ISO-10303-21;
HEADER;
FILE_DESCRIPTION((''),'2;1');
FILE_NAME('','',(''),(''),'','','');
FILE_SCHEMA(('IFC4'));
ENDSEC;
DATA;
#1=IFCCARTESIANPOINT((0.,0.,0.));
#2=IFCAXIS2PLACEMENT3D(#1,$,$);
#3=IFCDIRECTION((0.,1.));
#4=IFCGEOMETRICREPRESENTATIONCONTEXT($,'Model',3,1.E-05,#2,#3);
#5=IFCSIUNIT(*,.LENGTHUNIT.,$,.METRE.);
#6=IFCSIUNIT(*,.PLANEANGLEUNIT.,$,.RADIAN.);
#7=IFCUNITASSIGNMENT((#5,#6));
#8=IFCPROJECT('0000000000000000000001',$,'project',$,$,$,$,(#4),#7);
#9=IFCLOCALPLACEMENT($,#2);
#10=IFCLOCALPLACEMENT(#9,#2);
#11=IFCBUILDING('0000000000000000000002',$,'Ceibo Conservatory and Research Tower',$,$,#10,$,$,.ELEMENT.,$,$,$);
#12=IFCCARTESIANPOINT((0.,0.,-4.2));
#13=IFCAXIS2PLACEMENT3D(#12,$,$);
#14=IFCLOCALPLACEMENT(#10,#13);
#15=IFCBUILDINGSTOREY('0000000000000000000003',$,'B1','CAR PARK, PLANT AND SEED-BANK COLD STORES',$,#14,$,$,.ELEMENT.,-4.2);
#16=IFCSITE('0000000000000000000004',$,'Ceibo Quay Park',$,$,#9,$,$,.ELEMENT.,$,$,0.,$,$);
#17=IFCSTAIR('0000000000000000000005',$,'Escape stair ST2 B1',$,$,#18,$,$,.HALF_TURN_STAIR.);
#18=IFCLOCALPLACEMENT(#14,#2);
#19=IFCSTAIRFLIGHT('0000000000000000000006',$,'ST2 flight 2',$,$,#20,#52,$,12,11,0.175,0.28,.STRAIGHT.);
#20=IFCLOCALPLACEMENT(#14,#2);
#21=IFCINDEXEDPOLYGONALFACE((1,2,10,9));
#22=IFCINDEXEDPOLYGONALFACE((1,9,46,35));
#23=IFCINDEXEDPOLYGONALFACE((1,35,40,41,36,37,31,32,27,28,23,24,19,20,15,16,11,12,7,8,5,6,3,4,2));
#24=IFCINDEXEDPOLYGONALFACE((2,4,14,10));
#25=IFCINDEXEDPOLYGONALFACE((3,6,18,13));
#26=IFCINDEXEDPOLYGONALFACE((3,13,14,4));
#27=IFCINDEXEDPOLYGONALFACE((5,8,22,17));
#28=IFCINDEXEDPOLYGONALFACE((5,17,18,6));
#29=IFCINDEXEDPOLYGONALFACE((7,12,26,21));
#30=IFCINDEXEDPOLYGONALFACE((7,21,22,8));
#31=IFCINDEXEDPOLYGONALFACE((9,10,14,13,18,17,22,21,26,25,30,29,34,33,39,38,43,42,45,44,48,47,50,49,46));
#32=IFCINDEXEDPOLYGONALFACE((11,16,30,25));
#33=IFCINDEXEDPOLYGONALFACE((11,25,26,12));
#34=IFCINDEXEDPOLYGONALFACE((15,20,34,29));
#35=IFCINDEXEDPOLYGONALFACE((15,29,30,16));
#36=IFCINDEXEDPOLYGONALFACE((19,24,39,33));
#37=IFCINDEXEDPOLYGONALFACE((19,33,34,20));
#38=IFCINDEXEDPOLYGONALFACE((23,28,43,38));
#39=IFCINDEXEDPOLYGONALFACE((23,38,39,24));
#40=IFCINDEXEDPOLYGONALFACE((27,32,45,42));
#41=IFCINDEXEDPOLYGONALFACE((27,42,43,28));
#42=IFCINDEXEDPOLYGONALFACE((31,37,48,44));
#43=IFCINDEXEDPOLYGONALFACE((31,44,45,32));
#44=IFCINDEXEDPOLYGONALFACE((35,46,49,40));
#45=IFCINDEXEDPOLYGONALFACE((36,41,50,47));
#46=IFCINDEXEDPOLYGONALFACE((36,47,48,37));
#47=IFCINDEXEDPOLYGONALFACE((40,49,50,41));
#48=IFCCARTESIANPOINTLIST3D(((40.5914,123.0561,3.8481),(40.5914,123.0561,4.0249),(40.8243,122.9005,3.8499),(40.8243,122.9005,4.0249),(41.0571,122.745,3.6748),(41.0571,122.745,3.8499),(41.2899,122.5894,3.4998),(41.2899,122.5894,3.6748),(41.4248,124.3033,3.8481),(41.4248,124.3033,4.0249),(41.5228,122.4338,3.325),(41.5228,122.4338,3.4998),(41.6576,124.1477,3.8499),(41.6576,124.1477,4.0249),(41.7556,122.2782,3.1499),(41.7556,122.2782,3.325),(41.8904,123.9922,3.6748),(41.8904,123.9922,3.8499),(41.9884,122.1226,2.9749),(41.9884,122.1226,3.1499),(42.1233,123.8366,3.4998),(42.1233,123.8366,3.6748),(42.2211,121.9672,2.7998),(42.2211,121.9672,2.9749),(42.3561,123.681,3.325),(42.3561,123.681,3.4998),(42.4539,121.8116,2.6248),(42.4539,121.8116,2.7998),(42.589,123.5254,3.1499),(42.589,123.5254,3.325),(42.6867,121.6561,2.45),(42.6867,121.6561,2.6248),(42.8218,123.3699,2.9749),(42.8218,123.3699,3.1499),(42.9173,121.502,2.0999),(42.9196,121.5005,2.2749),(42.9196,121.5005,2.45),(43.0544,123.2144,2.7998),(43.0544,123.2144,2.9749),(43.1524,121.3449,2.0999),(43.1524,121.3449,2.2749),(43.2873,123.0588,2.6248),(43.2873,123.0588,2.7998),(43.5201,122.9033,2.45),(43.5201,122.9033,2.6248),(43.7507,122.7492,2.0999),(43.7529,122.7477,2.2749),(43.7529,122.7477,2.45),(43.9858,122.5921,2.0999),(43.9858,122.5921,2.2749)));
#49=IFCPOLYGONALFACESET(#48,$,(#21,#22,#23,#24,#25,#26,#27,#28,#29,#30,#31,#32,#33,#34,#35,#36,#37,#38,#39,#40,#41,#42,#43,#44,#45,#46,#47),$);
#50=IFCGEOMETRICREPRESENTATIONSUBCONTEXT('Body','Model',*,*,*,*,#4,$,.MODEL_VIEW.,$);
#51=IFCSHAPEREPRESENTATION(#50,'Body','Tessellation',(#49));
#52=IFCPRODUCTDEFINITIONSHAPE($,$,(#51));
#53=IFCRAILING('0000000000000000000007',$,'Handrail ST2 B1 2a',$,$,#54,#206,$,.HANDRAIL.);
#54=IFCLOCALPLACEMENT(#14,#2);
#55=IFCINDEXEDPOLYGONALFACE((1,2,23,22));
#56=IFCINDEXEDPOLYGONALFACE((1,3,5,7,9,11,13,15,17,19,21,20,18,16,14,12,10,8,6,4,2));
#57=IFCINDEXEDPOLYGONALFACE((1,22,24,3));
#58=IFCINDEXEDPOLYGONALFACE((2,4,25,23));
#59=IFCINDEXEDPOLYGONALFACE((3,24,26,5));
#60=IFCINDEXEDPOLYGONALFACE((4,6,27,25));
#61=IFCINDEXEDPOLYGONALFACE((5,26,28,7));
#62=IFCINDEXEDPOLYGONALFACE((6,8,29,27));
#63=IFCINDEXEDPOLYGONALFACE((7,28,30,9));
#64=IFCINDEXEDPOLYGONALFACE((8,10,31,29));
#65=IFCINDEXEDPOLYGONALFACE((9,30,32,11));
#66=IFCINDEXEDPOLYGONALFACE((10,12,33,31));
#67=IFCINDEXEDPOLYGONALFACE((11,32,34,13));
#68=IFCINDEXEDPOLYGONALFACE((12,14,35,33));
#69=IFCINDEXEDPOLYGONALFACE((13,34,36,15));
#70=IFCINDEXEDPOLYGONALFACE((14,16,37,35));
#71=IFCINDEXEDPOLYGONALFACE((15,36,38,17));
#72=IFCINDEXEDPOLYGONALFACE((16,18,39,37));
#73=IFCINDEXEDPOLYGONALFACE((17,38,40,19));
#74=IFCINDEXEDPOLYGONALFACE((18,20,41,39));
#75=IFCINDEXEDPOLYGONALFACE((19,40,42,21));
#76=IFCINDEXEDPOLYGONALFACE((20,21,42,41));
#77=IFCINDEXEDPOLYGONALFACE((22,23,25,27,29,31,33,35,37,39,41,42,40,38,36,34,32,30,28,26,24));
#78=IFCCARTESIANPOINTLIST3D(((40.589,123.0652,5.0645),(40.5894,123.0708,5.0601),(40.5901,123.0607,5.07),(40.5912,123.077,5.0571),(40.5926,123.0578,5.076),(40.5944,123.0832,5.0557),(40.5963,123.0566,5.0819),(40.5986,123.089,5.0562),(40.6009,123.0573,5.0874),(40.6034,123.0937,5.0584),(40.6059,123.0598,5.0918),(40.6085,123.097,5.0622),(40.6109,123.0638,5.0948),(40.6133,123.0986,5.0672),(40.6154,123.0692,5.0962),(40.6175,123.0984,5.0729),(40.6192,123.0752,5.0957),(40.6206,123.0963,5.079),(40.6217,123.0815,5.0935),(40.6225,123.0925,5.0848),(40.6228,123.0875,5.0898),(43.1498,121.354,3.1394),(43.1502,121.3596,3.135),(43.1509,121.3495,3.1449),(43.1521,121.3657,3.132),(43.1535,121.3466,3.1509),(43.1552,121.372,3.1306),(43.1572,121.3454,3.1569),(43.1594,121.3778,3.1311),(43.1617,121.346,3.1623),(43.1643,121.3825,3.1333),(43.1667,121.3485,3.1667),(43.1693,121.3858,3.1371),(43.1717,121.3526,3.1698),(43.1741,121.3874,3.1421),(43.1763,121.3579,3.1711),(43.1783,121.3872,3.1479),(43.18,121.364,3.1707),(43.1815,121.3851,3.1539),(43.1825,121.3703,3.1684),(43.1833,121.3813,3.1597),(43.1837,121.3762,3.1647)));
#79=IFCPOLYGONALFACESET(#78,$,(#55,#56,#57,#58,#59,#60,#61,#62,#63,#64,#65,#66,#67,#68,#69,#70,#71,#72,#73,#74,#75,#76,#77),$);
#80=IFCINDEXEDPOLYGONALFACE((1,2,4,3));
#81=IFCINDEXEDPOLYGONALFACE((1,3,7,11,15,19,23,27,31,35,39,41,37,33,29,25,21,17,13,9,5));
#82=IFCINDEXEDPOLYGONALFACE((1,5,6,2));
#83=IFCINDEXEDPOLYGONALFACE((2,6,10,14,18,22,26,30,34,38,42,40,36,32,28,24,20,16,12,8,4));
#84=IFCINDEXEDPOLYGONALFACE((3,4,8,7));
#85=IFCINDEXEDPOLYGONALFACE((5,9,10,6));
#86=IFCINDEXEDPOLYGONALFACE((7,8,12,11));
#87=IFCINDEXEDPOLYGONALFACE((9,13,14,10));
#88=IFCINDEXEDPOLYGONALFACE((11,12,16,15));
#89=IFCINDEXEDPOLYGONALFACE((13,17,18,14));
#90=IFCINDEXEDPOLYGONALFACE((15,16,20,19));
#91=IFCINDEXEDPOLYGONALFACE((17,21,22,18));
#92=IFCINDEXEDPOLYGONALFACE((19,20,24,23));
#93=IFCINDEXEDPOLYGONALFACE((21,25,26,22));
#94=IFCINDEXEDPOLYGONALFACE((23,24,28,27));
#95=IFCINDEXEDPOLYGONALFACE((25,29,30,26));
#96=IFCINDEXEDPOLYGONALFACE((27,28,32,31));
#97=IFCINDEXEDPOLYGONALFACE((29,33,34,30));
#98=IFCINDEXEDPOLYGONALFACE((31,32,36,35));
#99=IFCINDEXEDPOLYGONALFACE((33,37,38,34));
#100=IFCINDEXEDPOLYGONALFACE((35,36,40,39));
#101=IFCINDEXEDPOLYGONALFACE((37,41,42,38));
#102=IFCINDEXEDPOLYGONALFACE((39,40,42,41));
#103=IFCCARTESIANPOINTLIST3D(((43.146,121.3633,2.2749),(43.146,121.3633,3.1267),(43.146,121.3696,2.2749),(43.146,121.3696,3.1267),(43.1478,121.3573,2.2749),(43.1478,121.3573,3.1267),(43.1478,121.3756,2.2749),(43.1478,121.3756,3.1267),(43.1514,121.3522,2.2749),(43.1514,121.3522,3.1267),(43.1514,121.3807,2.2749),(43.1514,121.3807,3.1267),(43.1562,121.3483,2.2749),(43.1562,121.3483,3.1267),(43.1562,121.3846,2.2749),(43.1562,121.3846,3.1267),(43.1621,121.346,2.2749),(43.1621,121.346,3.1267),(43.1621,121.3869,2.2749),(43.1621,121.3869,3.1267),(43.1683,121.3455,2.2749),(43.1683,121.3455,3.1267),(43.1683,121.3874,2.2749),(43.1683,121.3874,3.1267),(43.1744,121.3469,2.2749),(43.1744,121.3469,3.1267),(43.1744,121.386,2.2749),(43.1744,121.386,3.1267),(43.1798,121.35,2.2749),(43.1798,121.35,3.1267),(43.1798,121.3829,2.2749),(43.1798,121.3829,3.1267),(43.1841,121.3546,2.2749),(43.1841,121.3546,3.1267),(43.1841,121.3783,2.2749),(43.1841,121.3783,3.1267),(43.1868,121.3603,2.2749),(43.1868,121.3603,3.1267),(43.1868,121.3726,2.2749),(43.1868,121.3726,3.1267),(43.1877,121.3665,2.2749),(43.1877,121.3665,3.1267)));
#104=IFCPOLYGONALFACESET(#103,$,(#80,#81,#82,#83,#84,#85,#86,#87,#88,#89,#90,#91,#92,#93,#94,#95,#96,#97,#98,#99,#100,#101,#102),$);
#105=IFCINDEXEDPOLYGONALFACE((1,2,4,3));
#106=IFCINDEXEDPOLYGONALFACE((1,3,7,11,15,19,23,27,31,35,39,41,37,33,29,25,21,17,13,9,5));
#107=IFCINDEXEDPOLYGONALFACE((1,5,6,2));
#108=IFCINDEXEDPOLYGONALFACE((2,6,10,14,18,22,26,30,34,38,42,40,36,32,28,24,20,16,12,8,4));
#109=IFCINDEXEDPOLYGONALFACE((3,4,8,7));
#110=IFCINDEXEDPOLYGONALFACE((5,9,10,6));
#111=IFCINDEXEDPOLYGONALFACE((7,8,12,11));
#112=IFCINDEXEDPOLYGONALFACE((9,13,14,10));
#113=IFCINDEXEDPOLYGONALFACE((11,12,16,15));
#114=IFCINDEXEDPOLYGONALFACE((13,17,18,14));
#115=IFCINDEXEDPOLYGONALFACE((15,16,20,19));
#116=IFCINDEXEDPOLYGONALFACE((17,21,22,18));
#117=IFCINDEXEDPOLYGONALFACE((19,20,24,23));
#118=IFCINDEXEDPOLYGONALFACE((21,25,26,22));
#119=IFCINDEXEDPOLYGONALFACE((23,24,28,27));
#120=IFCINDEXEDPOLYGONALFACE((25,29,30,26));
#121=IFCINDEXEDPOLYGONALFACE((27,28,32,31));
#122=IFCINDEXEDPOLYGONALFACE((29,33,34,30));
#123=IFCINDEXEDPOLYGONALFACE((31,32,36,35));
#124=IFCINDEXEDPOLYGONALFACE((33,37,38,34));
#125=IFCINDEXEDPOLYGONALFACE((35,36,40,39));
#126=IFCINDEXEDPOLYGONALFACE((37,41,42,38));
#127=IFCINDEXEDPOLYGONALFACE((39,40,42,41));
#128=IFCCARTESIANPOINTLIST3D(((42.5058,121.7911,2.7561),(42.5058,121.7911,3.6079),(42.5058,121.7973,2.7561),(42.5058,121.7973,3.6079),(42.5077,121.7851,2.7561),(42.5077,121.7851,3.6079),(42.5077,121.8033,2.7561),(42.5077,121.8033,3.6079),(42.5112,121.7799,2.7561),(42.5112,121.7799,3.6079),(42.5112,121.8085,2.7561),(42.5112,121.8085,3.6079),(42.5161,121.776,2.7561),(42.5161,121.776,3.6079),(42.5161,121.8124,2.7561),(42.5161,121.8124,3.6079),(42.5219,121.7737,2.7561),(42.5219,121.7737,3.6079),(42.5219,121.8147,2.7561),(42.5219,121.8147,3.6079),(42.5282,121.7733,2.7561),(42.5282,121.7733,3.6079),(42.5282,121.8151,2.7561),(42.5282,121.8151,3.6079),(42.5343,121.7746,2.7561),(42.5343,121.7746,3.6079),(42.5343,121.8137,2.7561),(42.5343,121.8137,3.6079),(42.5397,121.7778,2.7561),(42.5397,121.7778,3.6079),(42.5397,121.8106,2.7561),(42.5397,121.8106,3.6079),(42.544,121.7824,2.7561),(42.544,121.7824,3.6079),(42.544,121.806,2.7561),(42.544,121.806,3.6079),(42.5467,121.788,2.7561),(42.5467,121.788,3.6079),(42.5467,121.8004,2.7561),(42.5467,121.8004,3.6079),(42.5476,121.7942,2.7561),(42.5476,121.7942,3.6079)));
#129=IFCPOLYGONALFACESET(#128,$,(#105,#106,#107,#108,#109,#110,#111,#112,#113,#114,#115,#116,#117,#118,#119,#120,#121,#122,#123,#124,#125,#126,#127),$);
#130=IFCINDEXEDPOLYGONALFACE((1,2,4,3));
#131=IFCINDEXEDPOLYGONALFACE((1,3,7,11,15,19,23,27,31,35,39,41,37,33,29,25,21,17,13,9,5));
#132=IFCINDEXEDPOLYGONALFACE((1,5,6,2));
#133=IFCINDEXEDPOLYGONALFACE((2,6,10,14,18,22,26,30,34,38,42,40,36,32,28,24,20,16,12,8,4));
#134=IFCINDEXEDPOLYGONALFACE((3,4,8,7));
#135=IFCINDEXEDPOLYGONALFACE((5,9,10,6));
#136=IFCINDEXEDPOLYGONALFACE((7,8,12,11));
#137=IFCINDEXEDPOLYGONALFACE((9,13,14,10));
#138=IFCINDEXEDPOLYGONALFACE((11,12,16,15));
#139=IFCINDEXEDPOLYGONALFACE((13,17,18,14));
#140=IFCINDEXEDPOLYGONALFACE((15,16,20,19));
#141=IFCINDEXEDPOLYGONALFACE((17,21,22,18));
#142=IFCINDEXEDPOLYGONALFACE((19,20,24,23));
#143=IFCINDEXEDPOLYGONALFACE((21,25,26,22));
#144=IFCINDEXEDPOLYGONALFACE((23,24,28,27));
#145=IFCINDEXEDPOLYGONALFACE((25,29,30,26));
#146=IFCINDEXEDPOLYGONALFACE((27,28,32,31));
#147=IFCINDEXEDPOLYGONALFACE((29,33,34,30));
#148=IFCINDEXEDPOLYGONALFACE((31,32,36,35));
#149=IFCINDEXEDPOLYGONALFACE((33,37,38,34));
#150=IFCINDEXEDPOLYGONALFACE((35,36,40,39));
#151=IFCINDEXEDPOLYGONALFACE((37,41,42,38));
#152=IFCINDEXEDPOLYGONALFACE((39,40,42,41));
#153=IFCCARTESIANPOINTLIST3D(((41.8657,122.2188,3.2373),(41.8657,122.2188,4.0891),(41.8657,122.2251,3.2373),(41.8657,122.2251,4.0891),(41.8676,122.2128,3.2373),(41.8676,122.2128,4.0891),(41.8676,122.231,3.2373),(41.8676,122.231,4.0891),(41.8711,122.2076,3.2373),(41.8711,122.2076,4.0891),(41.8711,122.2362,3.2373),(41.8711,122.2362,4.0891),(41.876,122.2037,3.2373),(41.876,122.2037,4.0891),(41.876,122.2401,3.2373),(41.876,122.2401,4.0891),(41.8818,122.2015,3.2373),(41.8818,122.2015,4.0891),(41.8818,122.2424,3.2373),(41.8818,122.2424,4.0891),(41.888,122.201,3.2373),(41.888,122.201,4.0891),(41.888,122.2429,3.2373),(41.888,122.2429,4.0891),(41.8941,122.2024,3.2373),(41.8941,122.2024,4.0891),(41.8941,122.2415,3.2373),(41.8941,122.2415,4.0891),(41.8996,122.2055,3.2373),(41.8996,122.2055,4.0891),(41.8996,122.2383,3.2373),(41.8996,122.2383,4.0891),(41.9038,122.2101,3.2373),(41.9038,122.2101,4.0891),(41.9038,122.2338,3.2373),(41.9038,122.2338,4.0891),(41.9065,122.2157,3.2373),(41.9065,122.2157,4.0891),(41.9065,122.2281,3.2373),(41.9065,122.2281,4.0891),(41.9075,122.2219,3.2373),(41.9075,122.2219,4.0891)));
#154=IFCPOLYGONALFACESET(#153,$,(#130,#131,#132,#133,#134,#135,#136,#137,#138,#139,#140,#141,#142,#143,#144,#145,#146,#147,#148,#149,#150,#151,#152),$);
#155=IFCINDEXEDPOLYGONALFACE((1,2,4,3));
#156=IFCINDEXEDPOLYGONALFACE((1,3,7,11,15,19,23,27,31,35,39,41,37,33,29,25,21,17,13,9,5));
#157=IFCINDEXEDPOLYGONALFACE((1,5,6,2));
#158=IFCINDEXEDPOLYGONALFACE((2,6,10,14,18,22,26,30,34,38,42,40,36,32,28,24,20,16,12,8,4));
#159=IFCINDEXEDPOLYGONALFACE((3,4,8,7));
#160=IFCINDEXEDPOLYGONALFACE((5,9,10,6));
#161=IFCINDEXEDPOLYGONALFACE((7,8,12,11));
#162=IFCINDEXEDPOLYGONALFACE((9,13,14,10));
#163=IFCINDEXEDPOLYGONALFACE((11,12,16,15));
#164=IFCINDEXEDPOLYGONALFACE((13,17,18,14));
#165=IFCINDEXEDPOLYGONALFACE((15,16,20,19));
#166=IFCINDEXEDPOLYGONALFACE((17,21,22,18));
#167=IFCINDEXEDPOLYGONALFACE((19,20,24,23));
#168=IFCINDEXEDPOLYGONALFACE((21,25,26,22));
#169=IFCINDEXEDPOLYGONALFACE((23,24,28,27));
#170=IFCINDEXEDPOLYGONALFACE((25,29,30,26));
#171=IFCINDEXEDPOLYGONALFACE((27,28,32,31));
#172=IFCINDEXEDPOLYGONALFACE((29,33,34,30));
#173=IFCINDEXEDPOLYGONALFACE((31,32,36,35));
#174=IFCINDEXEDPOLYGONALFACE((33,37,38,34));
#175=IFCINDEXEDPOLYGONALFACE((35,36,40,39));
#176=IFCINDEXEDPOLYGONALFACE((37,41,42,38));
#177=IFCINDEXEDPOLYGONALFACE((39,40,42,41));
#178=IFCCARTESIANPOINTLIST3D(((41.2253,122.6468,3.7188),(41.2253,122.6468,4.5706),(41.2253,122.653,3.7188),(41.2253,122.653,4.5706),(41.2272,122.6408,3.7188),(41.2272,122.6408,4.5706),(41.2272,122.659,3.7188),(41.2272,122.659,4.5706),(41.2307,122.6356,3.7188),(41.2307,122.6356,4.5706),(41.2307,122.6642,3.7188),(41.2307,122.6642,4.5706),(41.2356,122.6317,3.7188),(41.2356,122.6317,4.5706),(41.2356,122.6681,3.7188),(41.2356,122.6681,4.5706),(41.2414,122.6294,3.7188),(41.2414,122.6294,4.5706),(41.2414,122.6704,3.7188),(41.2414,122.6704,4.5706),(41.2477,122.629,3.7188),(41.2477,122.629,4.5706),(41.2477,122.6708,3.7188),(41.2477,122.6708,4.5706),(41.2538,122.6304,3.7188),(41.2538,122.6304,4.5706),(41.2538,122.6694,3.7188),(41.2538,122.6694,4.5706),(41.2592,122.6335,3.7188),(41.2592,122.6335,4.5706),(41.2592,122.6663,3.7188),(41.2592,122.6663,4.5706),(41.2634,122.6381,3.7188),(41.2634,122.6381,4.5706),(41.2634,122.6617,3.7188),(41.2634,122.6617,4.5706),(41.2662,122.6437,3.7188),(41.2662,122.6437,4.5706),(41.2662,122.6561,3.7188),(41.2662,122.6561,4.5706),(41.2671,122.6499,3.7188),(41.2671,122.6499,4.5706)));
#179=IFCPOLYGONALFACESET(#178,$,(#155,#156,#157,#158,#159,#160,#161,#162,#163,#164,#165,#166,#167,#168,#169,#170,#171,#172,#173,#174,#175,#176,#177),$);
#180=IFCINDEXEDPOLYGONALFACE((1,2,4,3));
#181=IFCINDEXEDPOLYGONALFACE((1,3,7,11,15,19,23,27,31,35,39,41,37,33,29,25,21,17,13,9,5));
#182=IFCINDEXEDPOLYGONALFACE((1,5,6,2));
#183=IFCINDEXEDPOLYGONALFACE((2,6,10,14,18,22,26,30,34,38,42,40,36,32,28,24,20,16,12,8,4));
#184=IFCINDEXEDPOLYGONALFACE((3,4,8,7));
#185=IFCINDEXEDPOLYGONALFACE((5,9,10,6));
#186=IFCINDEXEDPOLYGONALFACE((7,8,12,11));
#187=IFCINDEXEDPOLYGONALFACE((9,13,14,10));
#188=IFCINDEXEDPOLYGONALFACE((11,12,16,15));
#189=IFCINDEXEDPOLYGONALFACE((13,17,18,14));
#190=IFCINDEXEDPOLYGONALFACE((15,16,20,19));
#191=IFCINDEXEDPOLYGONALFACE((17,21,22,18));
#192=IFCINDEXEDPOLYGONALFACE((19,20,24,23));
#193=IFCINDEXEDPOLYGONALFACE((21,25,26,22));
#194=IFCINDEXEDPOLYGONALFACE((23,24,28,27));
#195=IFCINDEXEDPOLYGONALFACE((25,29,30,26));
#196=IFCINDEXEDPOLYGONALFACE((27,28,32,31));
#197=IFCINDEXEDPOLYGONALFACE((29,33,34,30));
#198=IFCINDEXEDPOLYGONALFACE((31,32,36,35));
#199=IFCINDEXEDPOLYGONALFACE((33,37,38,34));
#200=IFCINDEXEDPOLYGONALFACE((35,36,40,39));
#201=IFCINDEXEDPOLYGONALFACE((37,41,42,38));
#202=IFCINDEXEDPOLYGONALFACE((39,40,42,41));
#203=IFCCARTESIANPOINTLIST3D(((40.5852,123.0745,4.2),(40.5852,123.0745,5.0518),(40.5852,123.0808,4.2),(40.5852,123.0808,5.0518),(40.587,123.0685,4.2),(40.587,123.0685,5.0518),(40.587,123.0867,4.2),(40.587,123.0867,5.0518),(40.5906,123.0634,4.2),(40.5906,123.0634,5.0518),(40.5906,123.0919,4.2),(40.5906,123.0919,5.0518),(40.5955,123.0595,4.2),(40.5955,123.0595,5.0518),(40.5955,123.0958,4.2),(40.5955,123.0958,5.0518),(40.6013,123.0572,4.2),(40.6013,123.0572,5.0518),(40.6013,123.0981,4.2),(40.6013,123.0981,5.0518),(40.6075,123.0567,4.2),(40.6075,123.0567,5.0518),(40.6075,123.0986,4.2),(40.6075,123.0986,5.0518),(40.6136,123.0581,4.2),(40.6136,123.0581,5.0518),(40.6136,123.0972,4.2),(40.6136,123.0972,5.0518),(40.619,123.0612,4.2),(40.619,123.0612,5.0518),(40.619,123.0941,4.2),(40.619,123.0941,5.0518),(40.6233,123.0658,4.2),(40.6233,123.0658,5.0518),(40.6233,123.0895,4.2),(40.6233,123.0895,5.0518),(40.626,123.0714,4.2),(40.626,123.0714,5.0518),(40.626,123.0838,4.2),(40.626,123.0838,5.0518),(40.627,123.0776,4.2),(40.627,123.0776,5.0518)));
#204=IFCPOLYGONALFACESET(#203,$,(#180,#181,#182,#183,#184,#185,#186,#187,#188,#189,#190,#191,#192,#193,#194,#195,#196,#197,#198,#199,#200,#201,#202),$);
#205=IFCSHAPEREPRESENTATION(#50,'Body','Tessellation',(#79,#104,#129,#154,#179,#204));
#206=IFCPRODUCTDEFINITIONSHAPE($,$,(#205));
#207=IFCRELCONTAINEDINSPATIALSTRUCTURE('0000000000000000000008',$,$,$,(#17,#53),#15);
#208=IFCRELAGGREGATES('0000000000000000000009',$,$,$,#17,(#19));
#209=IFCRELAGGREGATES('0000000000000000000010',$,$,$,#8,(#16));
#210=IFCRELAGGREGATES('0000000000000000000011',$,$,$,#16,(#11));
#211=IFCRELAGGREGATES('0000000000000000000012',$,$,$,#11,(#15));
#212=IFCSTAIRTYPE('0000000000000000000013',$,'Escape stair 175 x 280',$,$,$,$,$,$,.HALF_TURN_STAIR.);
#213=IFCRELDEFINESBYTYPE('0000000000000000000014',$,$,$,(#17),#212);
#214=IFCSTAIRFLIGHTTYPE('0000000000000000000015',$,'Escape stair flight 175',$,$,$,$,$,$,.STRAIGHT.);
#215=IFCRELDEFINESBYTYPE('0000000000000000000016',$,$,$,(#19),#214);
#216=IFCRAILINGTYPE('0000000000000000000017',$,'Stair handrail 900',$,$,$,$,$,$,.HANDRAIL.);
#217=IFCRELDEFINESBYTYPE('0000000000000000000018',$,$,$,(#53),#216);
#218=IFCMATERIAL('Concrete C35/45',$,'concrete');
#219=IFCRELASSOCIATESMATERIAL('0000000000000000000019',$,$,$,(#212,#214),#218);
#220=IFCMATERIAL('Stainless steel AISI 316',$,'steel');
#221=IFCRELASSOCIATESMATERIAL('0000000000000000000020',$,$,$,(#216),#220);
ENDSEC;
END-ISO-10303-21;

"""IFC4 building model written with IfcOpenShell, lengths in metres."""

from ifc_helpers import new_model, si_unit, direction, frame, origin, origin_2d, place, context, subcontext, project, spatial, polyline, circle, outline, extrude, material, type_object, element, aggregate, save


model = new_model("IFC4")

# Units and contexts
model_context = context("Model", 3, precision=1e-05, world=origin(), true_north=direction((0.0, 1.0)))
body_context = subcontext(model_context, "Body", "Model", "MODEL_VIEW")
ifc_project = project(units=[si_unit("LENGTHUNIT", "METRE"), si_unit("PLANEANGLEUNIT", "RADIAN")], contexts=[model_context])

# Site, building, storey
site_placement = place(None, origin())
site = spatial("IfcSite", under=ifc_project, at=site_placement, Name="Ceibo Quay Park", CompositionType="ELEMENT", RefElevation=0.0)
building_placement = place(site_placement, origin())
building = spatial("IfcBuilding", under=site, at=building_placement, Name="Ceibo Conservatory and Research Tower", CompositionType="ELEMENT")
storey_placement = place(building_placement, frame((0.0, 0.0, -4.2)))
storey = spatial("IfcBuildingStorey", under=building, at=storey_placement, Name="B1", Description="CAR PARK, PLANT AND SEED-BANK COLD STORES", CompositionType="ELEMENT", Elevation=-4.2)

# Shared definitions
ifc_material_1 = material(Name="Concrete C35/45", Category="concrete")

# Stair
stair_type = type_object("IfcStairType", Name="Escape stair 175 x 280", PredefinedType="HALF_TURN_STAIR", material=ifc_material_1)
stair_placement = place(storey_placement, origin())
stair = element("IfcStair", 1, at=stair_placement, inside=storey, type_object=stair_type, Name="Escape stair ST2 B1", PredefinedType="HALF_TURN_STAIR")

# Stair flight
stair_flight_type = type_object("IfcStairFlightType", Name="Escape stair flight 175", PredefinedType="STRAIGHT", material=ifc_material_1)
stair_flight_placement = place(storey_placement, frame((43.5691, 121.9685, 2.0999), z_axis=(0.0, 0.0, 1.0), x_axis=(-0.83147, 0.55557, 0.0)))
stair_flight = element("IfcStairFlight", 2, at=stair_flight_placement, type_object=stair_flight_type, Name="ST2 flight 2", NumberOfRisers=12, NumberOfTreads=11, PredefinedType="STRAIGHT", RiserHeight=0.175, TreadLength=0.28, context=body_context, shape_type="SweptSolid", body=[
    extrude(outline(polyline([(0.0, 0.0), (0.0, 0.175), (0.28, 0.175), (0.28, 0.3501), (0.5601, 0.3501), (0.5601, 0.5249), (0.8401, 0.5249), (0.8401, 0.7), (1.1201, 0.7), (1.1201, 0.875), (1.3999, 0.875), (1.3999, 1.05), (1.6799, 1.05), (1.6799, 1.2251), (1.96, 1.2251), (1.96, 1.3999), (2.24, 1.3999), (2.24, 1.575), (2.52, 1.575), (2.52, 1.75), (2.8, 1.75), (2.8, 1.925), (3.0801, 1.925), (3.0801, 2.1001), (3.0801, 1.7483), (0.2827, 0.0), (0.0, 0.0)])), frame((0.0, 0.75, 0.0), z_axis=(0.0, -1.0, 0.0), x_axis=(1.0, 0.0, 0.0)), (0.0, 0.0, 1.0), 1.5),
])
aggregate(stair, [stair_flight])

# Railing
ifc_material_2 = material(Name="Stainless steel AISI 316", Category="steel")
railing_type = type_object("IfcRailingType", Name="Stair handrail 900", PredefinedType="HANDRAIL", material=ifc_material_2)
railing_1_placement = place(storey_placement, frame((43.1667, 121.3665, 2.2749)))
element("IfcRailing", 3, at=railing_1_placement, inside=storey, type_object=railing_type, Name="Handrail ST2 B1 2a", PredefinedType="HANDRAIL", context=body_context, shape_type="SweptSolid", body=[
    extrude(circle(Radius=0.0239, at=origin_2d()), frame((0.0, 0.0, 0.876), z_axis=(-0.705059, 0.471137, 0.530021), x_axis=(-0.555596, -0.831452, 0.0)), (0.0, 0.0, 1.0), 3.6321),
    extrude(circle(Radius=0.021, at=origin_2d()), origin(), (0.0, 0.0, 1.0), 0.8518),
    extrude(circle(Radius=0.021, at=origin_2d()), frame((-0.6401, 0.4277, 0.4812)), (0.0, 0.0, 1.0), 0.8518),
    extrude(circle(Radius=0.021, at=origin_2d()), frame((-1.2803, 0.8555, 0.9624)), (0.0, 0.0, 1.0), 0.8518),
    extrude(circle(Radius=0.021, at=origin_2d()), frame((-1.9207, 1.2834, 1.4438)), (0.0, 0.0, 1.0), 0.8518),
    extrude(circle(Radius=0.021, at=origin_2d()), frame((-2.5608, 1.7112, 1.925)), (0.0, 0.0, 1.0), 0.8518),
])

save(model, "model.ifc")
